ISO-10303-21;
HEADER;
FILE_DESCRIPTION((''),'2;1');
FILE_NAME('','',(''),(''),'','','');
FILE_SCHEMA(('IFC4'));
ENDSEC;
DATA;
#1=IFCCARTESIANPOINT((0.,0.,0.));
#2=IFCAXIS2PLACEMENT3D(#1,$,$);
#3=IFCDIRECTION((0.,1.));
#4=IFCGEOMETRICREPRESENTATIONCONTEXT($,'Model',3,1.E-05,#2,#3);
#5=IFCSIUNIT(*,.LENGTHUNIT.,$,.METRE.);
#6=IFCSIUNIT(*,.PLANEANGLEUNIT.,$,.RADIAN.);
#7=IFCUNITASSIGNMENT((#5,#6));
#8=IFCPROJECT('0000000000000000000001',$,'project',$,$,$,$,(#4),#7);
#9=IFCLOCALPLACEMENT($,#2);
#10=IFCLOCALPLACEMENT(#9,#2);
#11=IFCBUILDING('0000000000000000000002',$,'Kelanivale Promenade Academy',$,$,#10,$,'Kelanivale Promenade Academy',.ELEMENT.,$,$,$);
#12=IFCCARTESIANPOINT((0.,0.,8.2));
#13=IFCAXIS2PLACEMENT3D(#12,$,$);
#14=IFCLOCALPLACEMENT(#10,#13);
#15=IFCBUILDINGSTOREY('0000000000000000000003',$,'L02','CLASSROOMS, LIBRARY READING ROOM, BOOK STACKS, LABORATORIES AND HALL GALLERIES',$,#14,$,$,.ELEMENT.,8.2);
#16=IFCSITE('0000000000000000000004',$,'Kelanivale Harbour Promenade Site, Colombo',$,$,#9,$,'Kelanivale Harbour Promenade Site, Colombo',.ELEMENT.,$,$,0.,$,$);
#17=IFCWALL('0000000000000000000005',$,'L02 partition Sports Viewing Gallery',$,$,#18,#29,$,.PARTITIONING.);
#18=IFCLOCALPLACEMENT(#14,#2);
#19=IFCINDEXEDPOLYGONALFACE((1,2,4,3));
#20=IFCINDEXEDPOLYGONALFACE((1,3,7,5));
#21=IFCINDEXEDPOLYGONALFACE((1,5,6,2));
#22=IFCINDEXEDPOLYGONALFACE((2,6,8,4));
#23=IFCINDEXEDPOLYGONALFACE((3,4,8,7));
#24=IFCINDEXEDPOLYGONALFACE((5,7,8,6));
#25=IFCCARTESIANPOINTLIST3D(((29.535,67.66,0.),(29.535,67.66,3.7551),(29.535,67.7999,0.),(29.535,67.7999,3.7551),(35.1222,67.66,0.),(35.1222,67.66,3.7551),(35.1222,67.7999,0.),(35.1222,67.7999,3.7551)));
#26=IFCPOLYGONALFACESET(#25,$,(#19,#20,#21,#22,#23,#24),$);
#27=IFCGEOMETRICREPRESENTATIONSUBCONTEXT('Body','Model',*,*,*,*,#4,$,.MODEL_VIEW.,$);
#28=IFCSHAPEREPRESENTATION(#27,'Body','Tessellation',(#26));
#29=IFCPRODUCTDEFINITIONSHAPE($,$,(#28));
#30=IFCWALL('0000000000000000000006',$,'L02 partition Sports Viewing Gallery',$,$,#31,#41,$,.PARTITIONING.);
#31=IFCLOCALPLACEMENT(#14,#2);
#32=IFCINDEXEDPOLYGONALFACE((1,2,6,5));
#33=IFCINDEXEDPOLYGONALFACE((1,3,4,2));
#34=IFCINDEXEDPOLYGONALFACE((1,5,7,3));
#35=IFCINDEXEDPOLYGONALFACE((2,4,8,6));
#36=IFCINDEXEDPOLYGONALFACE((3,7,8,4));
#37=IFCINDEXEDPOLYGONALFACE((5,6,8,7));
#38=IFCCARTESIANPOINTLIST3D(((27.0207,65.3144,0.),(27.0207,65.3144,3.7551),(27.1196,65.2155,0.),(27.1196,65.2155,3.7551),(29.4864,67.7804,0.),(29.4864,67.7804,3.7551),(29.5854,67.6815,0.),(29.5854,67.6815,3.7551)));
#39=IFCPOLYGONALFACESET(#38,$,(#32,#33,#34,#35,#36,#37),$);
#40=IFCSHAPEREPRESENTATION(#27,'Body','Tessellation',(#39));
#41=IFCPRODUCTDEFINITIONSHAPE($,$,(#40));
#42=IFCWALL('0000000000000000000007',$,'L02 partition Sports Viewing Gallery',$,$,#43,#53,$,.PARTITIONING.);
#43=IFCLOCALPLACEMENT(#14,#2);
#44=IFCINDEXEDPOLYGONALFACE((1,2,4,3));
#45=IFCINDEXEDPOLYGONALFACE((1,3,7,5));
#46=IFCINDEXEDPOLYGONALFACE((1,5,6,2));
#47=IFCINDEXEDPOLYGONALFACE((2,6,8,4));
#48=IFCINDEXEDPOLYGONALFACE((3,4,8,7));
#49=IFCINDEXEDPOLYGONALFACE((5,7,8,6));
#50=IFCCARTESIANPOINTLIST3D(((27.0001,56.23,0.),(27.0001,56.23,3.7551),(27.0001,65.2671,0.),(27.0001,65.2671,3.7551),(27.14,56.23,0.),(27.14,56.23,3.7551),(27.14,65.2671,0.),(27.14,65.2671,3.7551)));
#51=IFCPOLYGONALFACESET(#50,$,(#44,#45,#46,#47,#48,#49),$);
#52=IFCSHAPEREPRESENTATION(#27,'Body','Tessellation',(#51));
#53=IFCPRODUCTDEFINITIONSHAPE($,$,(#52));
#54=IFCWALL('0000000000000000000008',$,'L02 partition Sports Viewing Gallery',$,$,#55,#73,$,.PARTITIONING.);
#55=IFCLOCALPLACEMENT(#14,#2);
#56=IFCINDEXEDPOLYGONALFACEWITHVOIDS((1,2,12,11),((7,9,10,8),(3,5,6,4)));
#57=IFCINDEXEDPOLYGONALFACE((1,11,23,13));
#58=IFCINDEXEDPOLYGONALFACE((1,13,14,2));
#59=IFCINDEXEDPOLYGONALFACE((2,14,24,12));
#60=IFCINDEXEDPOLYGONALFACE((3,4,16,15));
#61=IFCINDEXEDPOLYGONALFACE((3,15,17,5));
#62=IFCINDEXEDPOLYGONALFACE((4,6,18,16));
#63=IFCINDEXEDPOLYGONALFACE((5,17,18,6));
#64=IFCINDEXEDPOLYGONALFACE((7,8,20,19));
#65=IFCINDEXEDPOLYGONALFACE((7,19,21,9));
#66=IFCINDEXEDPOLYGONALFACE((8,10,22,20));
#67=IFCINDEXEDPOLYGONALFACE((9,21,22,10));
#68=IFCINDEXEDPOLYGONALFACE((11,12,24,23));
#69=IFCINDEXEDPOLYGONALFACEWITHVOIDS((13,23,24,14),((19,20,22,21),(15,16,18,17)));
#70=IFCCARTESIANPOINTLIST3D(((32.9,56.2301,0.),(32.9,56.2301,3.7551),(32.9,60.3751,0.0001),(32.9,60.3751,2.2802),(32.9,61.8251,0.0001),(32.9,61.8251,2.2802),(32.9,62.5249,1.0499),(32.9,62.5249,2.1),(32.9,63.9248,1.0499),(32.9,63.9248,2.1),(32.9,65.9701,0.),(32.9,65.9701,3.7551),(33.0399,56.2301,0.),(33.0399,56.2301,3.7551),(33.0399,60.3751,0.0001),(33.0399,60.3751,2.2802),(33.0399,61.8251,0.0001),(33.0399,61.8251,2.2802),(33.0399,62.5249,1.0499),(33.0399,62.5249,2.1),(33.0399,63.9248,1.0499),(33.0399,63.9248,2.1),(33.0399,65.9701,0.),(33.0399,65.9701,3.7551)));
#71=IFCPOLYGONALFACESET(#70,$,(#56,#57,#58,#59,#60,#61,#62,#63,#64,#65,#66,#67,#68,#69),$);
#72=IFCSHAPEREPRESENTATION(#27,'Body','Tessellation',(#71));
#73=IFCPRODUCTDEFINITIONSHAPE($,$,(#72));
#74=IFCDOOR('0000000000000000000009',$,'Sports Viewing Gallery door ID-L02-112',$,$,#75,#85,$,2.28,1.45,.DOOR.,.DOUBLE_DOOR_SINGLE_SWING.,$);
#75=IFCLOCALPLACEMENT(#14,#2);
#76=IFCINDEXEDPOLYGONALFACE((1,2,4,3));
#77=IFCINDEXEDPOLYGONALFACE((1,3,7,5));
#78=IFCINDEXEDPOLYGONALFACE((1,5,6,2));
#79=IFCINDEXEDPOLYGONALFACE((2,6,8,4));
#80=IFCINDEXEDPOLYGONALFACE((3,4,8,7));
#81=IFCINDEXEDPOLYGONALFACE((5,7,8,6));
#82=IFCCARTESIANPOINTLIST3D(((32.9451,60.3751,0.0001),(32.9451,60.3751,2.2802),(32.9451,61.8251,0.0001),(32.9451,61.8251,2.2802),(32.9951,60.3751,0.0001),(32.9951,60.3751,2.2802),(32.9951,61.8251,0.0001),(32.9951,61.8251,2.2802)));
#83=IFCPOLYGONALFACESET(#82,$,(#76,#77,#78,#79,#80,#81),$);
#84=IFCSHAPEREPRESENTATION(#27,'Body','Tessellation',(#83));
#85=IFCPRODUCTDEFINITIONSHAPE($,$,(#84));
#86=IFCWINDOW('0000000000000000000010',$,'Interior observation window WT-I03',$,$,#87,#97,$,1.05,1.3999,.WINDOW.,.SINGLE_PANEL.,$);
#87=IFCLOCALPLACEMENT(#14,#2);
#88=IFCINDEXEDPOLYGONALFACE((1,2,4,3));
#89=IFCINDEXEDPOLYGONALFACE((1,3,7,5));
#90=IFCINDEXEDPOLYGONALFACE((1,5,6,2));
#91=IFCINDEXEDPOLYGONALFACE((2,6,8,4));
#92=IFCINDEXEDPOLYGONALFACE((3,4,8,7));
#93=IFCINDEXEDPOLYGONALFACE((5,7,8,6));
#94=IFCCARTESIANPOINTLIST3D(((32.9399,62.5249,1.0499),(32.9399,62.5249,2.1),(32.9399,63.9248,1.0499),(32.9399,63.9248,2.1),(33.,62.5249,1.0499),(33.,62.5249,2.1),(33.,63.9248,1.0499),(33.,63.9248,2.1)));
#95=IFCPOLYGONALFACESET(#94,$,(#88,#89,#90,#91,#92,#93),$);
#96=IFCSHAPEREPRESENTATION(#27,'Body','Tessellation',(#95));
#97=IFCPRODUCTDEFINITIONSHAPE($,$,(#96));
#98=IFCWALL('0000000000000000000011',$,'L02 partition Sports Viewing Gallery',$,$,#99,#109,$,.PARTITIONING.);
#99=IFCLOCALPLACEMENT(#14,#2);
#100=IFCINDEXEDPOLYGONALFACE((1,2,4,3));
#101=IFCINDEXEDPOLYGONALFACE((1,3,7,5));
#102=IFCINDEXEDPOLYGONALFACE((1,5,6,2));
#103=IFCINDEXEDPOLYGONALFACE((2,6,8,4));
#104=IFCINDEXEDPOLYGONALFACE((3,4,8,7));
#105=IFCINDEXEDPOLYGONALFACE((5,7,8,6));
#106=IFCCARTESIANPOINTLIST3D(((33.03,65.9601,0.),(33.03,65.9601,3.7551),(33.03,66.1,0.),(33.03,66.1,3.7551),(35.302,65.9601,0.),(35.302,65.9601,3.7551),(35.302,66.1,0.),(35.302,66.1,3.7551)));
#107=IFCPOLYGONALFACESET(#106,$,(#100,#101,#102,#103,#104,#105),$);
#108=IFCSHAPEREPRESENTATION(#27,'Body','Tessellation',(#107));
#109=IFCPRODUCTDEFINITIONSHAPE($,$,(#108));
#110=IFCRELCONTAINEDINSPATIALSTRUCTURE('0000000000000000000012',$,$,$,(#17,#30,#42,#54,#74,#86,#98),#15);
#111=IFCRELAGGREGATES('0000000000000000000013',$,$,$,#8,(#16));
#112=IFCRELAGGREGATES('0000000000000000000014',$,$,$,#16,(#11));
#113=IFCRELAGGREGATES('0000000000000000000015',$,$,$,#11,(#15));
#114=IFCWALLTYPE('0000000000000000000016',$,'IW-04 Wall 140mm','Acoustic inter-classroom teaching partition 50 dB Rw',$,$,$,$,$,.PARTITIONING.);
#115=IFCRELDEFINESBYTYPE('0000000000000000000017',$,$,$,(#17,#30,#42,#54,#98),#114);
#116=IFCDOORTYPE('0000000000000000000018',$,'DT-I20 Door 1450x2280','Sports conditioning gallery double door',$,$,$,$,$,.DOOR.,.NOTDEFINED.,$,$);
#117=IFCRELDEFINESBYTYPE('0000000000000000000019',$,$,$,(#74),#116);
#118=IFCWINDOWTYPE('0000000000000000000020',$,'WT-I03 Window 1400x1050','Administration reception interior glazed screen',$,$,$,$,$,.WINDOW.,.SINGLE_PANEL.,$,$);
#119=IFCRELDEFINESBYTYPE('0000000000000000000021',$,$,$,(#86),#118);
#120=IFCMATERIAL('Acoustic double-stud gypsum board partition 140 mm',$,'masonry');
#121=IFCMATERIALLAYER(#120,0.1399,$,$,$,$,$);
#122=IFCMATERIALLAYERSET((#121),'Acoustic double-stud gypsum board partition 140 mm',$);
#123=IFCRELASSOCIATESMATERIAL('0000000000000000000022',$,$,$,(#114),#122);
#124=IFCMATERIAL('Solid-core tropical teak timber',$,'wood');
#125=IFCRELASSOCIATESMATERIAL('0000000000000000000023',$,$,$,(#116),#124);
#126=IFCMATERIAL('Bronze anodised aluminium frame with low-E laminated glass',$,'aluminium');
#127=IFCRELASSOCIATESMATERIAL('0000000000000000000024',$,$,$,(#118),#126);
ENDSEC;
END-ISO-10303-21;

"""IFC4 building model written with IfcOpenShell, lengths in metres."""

from ifc_helpers import new_model, si_unit, direction, frame, frame_2d, origin, place, context, subcontext, project, spatial, rectangle, extrude, material, layer, layer_set, type_object, element, fill, save


model = new_model("IFC4")

# Units and contexts
model_context = context("Model", 3, precision=1e-05, world=origin(), true_north=direction((0.0, 1.0)))
body_context = subcontext(model_context, "Body", "Model", "MODEL_VIEW")
ifc_project = project(units=[si_unit("LENGTHUNIT", "METRE"), si_unit("PLANEANGLEUNIT", "RADIAN")], contexts=[model_context])

# Site, building, storey
site_placement = place(None, origin())
site = spatial("IfcSite", under=ifc_project, at=site_placement, Name="Kelanivale Harbour Promenade Site, Colombo", LongName="Kelanivale Harbour Promenade Site, Colombo", CompositionType="ELEMENT", RefElevation=0.0)
building_placement = place(site_placement, origin())
building = spatial("IfcBuilding", under=site, at=building_placement, Name="Kelanivale Promenade Academy", LongName="Kelanivale Promenade Academy", CompositionType="ELEMENT")
storey_placement = place(building_placement, frame((0.0, 0.0, 8.2)))
storey = spatial("IfcBuildingStorey", under=building, at=storey_placement, Name="L02", Description="CLASSROOMS, LIBRARY READING ROOM, BOOK STACKS, LABORATORIES AND HALL GALLERIES", CompositionType="ELEMENT", Elevation=8.2)

# Walls
ifc_material_1 = material(Name="Acoustic double-stud gypsum board partition 140 mm", Category="masonry")
ifc_layer_1 = layer(ifc_material_1, 0.1399)
ifc_layer_set_1 = layer_set([ifc_layer_1], Name="Acoustic double-stud gypsum board partition 140 mm")
wall_type_1 = type_object("IfcWallType", Name="IW-04 Wall 140mm", Description="Acoustic inter-classroom teaching partition 50 dB Rw", PredefinedType="PARTITIONING", material=ifc_layer_set_1)
wall_1_placement = place(storey_placement, frame((35.1221, 67.73, 0.0), z_axis=(0.0, 0.0, 1.0), x_axis=(-1.0, 0.0, 0.0)))
element("IfcWall", 1, at=wall_1_placement, inside=storey, type_object=wall_type_1, Name="L02 partition Sports Viewing Gallery", PredefinedType="PARTITIONING", context=body_context, shape_type="SweptSolid", body=[
    extrude(rectangle(XDim=5.5872, YDim=0.1399, at=frame_2d((2.7935, 0.0))), origin(), (0.0, 0.0, 1.0), 3.7551),
])
wall_2_placement = place(storey_placement, frame((29.5359, 67.731, 0.0), z_axis=(0.0, 0.0, 1.0), x_axis=(-0.707072, -0.707142, 0.0)))
element("IfcWall", 2, at=wall_2_placement, inside=storey, type_object=wall_type_1, Name="L02 partition Sports Viewing Gallery", PredefinedType="PARTITIONING", context=body_context, shape_type="SweptSolid", body=[
    extrude(rectangle(XDim=3.4873, YDim=0.1399, at=frame_2d((1.7437, 0.0))), origin(), (0.0, 0.0, 1.0), 3.7551),
])
wall_3_placement = place(storey_placement, frame((27.0701, 65.2671, 0.0), z_axis=(0.0, 0.0, 1.0), x_axis=(0.0, -1.0, 0.0)))
element("IfcWall", 3, at=wall_3_placement, inside=storey, type_object=wall_type_1, Name="L02 partition Sports Viewing Gallery", PredefinedType="PARTITIONING", context=body_context, shape_type="SweptSolid", body=[
    extrude(rectangle(XDim=9.0371, YDim=0.1399, at=frame_2d((4.5186, 0.0))), origin(), (0.0, 0.0, 1.0), 3.7551),
])

# Wall, openings, door, window
wall_4_placement = place(storey_placement, frame((32.97, 56.23, 0.0), z_axis=(0.0, 0.0, 1.0), x_axis=(0.0, 1.0, 0.0)))
wall_4 = element("IfcWall", 4, at=wall_4_placement, inside=storey, type_object=wall_type_1, Name="L02 partition Sports Viewing Gallery", PredefinedType="PARTITIONING", context=body_context, shape_type="SweptSolid", body=[
    extrude(rectangle(XDim=9.74, YDim=0.1399, at=frame_2d((4.8701, 0.0))), origin(), (0.0, 0.0, 1.0), 3.7551),
])
opening_1_placement = place(wall_4_placement, frame((4.145, 0.0, 0.0)))
opening_1 = element("IfcOpeningElement", 5, at=opening_1_placement, cuts=wall_4, PredefinedType="OPENING", context=body_context, shape_type="SweptSolid", body=[
    extrude(rectangle(XDim=1.45, YDim=2.28, at=frame_2d((0.7251, 1.1401))), frame((0.0, 0.0801, 0.0), z_axis=(0.0, -1.0, 0.0), x_axis=(1.0, 0.0, 0.0)), (0.0, 0.0, 1.0), 0.1599),
])
opening_2_placement = place(wall_4_placement, frame((6.2949, 0.0, 1.05)))
opening_2 = element("IfcOpeningElement", 6, at=opening_2_placement, cuts=wall_4, PredefinedType="OPENING", context=body_context, shape_type="SweptSolid", body=[
    extrude(rectangle(XDim=1.3999, YDim=1.05, at=frame_2d((0.7, 0.5249))), frame((0.0, 0.0801, 0.0), z_axis=(0.0, -1.0, 0.0), x_axis=(1.0, 0.0, 0.0)), (0.0, 0.0, 1.0), 0.1599),
])
ifc_material_2 = material(Name="Solid-core tropical teak timber", Category="wood")
door_type = type_object("IfcDoorType", Name="DT-I20 Door 1450x2280", Description="Sports conditioning gallery double door", OperationType="NOTDEFINED", PredefinedType="DOOR", material=ifc_material_2)
door_placement = place(opening_1_placement, origin())
door = element("IfcDoor", 7, at=door_placement, inside=storey, type_object=door_type, Name="Sports Viewing Gallery door ID-L02-112", OperationType="DOUBLE_DOOR_SINGLE_SWING", OverallHeight=2.28, OverallWidth=1.45, PredefinedType="DOOR", context=body_context, shape_type="SweptSolid", body=[
    extrude(rectangle(XDim=1.45, YDim=2.28, at=frame_2d((0.7251, 1.1401))), frame((0.0, 0.0249, 0.0), z_axis=(0.0, -1.0, 0.0), x_axis=(1.0, 0.0, 0.0)), (0.0, 0.0, 1.0), 0.05),
])
fill(opening_1, door)
ifc_material_3 = material(Name="Bronze anodised aluminium frame with low-E laminated glass", Category="aluminium")
window_type = type_object("IfcWindowType", Name="WT-I03 Window 1400x1050", Description="Administration reception interior glazed screen", PartitioningType="SINGLE_PANEL", PredefinedType="WINDOW", material=ifc_material_3)
window_placement = place(opening_2_placement, origin())
window = element("IfcWindow", 8, at=window_placement, inside=storey, type_object=window_type, Name="Interior observation window WT-I03", OverallHeight=1.05, OverallWidth=1.3999, PartitioningType="SINGLE_PANEL", PredefinedType="WINDOW", context=body_context, shape_type="SweptSolid", body=[
    extrude(rectangle(XDim=1.3999, YDim=1.05, at=frame_2d((0.7, 0.5249))), frame((0.0, 0.03, 0.0), z_axis=(0.0, -1.0, 0.0), x_axis=(1.0, 0.0, 0.0)), (0.0, 0.0, 1.0), 0.0601),
])
fill(opening_2, window)

# Wall
wall_5_placement = place(storey_placement, frame((33.03, 66.03, 0.0), z_axis=(0.0, 0.0, 1.0), x_axis=(1.0, 0.0, 0.0)))
element("IfcWall", 9, at=wall_5_placement, inside=storey, type_object=wall_type_1, Name="L02 partition Sports Viewing Gallery", PredefinedType="PARTITIONING", context=body_context, shape_type="SweptSolid", body=[
    extrude(rectangle(XDim=2.272, YDim=0.1399, at=frame_2d((1.136, 0.0))), origin(), (0.0, 0.0, 1.0), 3.7551),
])

save(model, "model.ifc")
